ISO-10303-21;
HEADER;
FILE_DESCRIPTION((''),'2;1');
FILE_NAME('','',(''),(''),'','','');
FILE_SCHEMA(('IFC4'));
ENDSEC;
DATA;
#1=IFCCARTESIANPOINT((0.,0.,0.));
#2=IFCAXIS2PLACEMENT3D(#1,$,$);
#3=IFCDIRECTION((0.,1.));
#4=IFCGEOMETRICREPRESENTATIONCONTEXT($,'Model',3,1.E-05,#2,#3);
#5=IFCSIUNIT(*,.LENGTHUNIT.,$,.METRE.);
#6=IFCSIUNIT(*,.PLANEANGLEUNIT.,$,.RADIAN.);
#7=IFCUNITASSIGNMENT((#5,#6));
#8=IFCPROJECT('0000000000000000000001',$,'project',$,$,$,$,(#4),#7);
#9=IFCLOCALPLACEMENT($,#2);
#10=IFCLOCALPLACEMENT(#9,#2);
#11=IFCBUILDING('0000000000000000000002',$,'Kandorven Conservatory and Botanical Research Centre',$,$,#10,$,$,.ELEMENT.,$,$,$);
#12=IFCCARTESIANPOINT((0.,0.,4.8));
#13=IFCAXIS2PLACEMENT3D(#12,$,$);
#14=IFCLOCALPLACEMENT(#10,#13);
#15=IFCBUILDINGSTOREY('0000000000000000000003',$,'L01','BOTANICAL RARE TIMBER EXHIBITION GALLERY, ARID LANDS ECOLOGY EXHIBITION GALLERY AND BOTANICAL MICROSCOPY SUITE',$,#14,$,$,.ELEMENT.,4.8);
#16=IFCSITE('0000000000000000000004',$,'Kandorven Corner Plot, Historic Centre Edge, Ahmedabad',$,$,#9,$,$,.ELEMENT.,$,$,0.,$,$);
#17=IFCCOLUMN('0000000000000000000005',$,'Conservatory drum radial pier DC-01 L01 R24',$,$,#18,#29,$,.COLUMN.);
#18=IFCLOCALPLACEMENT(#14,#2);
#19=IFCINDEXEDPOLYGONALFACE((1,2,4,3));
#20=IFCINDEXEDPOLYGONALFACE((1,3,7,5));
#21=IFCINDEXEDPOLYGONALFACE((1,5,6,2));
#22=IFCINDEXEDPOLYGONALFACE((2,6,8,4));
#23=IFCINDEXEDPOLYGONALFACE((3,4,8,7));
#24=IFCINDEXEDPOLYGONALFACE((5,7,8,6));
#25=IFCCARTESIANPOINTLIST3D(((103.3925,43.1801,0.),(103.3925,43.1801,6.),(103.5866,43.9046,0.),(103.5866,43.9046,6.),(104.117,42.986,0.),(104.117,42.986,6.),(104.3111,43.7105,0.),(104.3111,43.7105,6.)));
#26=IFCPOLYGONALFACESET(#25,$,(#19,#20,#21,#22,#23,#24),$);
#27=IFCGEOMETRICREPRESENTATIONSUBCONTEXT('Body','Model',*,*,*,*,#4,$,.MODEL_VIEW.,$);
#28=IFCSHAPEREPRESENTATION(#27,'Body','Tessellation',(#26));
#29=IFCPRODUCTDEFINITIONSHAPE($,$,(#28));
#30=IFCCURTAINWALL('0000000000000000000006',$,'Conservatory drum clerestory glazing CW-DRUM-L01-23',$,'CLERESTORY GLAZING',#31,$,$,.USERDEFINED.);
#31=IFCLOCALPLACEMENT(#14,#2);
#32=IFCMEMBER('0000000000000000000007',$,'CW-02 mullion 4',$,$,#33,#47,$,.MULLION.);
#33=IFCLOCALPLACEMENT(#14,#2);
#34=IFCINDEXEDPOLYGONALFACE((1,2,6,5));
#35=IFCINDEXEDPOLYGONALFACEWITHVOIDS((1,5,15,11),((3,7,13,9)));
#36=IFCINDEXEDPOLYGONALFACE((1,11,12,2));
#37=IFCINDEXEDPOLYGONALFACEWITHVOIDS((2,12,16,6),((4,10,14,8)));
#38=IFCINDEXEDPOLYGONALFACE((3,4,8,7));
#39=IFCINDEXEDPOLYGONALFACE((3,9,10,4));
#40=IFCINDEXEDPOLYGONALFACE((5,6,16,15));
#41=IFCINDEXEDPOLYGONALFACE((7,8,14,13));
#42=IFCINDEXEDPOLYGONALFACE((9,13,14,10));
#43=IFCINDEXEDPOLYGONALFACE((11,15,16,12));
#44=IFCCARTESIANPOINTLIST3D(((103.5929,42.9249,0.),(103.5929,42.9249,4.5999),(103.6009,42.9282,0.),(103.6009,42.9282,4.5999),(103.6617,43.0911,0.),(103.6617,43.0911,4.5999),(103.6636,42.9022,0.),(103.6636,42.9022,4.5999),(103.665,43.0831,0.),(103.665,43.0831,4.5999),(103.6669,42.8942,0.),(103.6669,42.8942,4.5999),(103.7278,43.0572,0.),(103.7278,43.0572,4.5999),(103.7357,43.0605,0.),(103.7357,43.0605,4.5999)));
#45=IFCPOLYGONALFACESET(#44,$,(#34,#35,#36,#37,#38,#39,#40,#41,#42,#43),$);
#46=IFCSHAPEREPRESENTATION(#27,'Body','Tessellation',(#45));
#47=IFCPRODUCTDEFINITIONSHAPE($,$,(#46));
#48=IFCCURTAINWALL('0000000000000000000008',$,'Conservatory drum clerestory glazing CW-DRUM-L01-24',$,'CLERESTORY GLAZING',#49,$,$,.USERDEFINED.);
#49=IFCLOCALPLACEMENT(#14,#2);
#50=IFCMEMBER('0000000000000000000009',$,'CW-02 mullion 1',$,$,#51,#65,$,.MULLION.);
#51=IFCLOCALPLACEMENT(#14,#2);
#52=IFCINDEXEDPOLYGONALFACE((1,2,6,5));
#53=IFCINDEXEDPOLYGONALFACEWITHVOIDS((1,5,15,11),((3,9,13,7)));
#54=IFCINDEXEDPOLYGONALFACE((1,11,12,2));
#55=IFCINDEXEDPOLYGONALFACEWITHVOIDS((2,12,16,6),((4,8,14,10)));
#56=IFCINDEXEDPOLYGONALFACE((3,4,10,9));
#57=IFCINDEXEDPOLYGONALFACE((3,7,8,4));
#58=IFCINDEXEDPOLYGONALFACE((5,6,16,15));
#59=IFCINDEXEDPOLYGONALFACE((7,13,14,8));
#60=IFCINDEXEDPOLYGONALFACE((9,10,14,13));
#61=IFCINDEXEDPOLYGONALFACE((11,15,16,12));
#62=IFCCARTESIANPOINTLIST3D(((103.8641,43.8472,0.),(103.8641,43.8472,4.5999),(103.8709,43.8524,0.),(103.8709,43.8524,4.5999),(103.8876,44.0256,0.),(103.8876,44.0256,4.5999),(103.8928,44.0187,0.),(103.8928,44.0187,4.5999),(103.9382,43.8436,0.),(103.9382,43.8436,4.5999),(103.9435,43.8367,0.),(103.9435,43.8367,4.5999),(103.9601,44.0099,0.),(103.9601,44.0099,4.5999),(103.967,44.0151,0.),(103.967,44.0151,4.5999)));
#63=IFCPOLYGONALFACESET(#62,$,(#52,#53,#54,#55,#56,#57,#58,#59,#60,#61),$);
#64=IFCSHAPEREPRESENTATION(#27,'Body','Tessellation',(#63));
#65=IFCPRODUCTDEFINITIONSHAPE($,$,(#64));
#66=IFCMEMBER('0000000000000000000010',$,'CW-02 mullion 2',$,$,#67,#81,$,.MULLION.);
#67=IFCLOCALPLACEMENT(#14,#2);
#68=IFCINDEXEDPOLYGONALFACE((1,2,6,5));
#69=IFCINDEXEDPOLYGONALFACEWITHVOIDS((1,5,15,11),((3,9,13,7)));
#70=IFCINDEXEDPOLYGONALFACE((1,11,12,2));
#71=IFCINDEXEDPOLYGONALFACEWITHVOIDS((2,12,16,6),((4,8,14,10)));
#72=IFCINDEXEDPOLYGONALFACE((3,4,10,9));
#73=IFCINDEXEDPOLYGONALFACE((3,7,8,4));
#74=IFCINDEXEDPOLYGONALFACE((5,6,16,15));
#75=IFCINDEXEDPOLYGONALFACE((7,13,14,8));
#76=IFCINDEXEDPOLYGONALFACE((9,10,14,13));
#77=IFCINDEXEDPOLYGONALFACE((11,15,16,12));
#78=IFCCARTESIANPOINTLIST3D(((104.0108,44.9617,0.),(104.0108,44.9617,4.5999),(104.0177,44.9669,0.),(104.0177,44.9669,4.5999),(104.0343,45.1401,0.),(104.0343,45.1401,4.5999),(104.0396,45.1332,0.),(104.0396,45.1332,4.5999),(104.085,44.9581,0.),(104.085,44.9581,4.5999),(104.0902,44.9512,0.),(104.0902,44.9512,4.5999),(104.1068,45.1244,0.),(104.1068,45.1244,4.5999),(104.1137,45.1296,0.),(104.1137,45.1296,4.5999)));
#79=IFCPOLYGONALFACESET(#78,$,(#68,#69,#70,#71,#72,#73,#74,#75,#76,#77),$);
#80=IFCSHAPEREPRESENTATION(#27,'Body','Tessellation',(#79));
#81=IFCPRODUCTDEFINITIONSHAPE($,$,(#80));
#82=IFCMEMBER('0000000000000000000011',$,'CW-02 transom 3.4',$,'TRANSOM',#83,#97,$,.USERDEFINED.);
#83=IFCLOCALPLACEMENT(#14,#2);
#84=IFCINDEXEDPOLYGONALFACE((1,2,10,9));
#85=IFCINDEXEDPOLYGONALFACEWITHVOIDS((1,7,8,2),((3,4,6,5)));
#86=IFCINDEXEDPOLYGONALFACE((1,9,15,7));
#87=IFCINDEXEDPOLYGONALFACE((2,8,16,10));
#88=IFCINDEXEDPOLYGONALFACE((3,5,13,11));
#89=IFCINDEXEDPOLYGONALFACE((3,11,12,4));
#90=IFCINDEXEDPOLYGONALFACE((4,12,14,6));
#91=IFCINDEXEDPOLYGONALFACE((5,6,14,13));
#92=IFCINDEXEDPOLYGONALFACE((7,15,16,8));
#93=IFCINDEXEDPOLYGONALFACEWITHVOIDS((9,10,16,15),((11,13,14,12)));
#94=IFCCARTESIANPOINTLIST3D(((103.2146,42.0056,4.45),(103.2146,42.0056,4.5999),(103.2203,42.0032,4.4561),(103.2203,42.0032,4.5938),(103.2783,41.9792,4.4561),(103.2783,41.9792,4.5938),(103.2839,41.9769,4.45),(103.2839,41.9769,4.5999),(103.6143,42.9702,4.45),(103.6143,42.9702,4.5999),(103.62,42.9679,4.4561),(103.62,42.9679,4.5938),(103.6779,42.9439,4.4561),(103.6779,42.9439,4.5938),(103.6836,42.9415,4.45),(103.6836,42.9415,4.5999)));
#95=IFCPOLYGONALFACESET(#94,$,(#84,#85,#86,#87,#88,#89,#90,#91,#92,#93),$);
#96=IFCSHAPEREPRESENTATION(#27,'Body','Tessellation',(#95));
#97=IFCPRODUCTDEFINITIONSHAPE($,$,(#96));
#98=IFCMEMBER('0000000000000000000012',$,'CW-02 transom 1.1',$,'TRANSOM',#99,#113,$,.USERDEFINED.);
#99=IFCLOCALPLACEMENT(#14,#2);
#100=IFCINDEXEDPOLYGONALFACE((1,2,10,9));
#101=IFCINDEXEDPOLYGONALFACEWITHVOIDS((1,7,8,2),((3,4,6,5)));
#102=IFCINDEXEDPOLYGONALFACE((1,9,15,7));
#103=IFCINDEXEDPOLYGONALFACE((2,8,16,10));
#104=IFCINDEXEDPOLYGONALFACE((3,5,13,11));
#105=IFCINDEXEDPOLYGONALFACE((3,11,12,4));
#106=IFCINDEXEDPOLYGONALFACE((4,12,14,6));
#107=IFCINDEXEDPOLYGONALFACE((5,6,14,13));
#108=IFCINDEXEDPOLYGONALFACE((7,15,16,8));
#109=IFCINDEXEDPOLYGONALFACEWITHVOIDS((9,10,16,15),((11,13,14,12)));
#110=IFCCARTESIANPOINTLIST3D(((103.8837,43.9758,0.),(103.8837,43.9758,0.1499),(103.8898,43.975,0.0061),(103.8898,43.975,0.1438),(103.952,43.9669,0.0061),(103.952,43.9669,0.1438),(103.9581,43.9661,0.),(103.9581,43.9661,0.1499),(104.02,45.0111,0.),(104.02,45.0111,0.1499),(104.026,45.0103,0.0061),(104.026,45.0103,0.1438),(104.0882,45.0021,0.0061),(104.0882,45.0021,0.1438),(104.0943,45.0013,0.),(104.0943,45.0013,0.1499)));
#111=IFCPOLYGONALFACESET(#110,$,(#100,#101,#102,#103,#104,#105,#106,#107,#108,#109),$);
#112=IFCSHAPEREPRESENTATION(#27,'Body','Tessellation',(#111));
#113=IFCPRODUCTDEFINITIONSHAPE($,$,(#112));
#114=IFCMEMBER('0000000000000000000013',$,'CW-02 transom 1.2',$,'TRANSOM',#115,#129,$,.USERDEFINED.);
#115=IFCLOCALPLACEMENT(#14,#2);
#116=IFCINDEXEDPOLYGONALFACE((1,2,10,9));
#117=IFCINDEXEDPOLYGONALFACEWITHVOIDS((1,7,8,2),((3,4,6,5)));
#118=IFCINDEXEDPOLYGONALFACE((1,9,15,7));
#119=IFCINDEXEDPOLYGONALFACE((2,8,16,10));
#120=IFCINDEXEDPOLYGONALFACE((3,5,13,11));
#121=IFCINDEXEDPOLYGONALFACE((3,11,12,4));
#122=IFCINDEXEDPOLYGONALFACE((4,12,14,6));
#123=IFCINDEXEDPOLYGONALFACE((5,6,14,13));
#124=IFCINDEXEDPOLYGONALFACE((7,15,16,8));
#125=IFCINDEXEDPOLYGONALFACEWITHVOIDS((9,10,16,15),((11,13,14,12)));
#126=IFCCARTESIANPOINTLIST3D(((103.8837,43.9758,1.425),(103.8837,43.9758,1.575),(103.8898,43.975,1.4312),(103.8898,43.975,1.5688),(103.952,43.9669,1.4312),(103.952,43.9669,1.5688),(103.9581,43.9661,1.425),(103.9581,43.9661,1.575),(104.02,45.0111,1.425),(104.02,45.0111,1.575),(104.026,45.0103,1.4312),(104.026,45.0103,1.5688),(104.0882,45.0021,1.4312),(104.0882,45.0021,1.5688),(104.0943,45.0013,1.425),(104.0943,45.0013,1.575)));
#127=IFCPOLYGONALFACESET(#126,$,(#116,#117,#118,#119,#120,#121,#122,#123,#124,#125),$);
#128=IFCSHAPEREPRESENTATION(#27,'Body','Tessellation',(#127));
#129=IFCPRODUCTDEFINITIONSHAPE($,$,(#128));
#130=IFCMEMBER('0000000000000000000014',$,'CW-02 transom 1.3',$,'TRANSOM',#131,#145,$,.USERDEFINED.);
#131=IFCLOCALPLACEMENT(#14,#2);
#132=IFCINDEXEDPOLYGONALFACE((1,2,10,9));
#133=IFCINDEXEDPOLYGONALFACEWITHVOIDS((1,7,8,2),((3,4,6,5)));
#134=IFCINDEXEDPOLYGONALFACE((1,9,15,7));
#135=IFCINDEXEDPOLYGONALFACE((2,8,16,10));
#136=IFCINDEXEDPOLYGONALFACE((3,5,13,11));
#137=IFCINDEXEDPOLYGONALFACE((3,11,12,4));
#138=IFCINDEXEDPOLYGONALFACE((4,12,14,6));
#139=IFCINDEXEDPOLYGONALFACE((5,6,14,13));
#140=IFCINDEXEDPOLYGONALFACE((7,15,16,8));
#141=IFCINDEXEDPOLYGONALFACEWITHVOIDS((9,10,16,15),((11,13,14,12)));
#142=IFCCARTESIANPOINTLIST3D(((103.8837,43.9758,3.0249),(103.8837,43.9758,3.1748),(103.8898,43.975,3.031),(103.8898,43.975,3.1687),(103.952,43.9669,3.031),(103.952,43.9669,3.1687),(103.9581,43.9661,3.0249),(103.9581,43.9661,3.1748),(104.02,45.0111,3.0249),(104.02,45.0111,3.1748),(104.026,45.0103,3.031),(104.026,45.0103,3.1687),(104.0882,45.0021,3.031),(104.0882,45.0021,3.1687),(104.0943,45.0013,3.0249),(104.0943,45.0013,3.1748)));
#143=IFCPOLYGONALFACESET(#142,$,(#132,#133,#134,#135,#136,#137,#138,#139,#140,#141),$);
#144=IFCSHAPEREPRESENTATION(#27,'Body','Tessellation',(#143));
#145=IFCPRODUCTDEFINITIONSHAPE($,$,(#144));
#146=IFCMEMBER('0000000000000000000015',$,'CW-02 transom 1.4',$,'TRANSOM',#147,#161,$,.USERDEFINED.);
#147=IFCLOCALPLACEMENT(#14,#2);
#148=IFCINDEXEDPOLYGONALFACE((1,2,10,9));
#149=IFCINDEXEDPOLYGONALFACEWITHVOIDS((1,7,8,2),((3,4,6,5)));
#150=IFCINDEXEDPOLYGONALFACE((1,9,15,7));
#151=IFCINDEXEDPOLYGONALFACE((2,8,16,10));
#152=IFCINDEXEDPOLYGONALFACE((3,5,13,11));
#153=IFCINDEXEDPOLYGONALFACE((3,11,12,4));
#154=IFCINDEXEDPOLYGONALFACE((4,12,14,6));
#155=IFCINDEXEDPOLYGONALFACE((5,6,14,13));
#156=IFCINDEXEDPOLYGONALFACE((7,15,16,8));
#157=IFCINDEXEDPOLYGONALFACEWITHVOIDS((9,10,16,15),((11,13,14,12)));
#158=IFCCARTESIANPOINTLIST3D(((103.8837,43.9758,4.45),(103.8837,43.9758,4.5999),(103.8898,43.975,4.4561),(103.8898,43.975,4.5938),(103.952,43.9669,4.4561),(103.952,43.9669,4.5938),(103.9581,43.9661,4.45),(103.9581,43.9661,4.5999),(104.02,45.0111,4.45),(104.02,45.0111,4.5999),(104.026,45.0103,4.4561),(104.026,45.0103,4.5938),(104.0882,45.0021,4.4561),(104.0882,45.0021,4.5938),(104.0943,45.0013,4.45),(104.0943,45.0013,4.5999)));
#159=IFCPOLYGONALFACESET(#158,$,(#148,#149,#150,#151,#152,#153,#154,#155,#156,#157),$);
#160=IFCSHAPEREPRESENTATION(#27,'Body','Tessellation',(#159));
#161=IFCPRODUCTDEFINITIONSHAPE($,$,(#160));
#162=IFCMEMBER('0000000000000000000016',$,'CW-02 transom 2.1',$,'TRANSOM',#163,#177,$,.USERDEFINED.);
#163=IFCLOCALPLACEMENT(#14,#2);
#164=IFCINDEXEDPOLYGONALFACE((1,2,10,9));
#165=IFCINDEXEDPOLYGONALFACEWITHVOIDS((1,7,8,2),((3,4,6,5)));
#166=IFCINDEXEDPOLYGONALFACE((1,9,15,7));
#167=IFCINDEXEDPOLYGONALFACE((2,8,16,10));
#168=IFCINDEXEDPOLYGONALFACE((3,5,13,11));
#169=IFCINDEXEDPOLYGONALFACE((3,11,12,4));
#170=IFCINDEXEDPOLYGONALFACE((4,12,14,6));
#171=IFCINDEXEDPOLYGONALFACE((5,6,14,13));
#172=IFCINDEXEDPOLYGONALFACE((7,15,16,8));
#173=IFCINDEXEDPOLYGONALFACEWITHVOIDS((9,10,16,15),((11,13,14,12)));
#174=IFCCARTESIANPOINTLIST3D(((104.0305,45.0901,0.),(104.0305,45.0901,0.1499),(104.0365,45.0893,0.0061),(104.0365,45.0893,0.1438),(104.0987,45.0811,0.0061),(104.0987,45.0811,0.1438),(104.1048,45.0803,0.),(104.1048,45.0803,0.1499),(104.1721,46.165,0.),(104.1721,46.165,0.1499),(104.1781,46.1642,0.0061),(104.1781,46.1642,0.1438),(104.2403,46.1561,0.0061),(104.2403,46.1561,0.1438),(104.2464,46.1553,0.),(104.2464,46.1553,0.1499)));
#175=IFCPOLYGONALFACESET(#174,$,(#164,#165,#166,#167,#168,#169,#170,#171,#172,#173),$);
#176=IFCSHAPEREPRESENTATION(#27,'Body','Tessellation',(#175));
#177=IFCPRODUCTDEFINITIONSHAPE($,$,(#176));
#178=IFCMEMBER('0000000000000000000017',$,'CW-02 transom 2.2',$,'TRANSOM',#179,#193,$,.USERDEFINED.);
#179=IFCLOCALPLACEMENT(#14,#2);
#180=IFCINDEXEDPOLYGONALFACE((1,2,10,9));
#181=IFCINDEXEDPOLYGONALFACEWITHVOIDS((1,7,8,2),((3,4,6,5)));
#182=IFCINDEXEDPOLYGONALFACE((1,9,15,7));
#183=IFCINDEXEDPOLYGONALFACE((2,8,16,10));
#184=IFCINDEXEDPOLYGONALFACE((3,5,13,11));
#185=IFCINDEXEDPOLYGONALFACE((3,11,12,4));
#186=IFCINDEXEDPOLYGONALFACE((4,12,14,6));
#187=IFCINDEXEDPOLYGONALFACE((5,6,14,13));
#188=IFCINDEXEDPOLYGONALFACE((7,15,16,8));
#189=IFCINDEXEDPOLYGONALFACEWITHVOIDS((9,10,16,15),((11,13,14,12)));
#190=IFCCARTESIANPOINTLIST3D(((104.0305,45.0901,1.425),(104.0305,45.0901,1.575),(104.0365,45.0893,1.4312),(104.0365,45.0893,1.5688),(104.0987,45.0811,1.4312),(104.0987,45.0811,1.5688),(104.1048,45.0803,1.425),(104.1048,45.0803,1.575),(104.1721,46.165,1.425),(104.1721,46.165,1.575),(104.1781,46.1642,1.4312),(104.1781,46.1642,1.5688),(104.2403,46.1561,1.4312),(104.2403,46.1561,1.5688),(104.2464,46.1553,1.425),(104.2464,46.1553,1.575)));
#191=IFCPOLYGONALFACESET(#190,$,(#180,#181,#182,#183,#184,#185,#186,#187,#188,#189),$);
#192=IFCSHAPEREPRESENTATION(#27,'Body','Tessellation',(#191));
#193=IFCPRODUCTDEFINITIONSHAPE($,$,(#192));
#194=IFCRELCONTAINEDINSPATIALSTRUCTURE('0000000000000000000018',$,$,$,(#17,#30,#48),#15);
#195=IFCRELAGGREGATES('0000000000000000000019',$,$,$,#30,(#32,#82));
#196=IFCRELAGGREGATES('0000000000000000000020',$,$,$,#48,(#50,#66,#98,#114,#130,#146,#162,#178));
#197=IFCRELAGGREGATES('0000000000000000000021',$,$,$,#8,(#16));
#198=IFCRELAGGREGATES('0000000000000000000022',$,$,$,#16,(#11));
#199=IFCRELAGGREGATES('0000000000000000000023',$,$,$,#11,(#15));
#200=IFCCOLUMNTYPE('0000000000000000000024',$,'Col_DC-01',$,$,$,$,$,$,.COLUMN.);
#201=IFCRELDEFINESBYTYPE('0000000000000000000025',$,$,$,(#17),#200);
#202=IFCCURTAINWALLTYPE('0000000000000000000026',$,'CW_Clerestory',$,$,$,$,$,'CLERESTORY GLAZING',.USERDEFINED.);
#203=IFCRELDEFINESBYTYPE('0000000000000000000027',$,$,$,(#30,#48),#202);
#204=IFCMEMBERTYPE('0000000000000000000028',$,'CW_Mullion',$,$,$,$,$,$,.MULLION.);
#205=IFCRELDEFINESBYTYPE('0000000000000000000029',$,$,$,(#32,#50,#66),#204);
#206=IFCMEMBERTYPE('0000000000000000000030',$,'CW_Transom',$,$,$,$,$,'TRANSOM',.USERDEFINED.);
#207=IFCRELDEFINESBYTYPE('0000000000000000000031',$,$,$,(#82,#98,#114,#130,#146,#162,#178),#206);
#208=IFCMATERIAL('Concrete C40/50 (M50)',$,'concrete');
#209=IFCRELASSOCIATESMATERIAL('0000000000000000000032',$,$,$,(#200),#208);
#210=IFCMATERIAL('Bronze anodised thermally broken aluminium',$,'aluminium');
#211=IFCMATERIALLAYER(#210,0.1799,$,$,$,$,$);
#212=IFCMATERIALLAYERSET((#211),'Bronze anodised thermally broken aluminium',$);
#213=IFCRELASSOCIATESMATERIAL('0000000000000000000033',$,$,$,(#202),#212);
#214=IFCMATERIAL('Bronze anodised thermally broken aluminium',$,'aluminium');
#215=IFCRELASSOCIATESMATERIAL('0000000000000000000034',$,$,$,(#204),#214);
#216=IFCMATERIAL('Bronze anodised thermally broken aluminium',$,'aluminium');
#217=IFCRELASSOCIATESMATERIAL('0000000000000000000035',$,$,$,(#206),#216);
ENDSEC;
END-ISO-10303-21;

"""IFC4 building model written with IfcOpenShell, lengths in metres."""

from ifc_helpers import new_model, si_unit, direction, frame, origin, origin_2d, place, context, subcontext, project, spatial, rectangle, hollow_rectangle, extrude, material, layer, layer_set, material_profile, profile_set, type_object, element, aggregate, save


model = new_model("IFC4")

# Units and contexts
model_context = context("Model", 3, precision=1e-05, world=origin(), true_north=direction((0.0, 1.0)))
body_context = subcontext(model_context, "Body", "Model", "MODEL_VIEW")
ifc_project = project(units=[si_unit("LENGTHUNIT", "METRE"), si_unit("PLANEANGLEUNIT", "RADIAN")], contexts=[model_context])

# Site, building, storey
site_placement = place(None, origin())
site = spatial("IfcSite", under=ifc_project, at=site_placement, Name="Kandorven Corner Plot, Historic Centre Edge, Ahmedabad", CompositionType="ELEMENT", RefElevation=0.0)
building_placement = place(site_placement, origin())
building = spatial("IfcBuilding", under=site, at=building_placement, Name="Kandorven Conservatory and Botanical Research Centre", CompositionType="ELEMENT")
storey_placement = place(building_placement, frame((0.0, 0.0, 4.8)))
storey = spatial("IfcBuildingStorey", under=building, at=storey_placement, Name="L01", Description="BOTANICAL RARE TIMBER EXHIBITION GALLERY, ARID LANDS ECOLOGY EXHIBITION GALLERY AND BOTANICAL MICROSCOPY SUITE", CompositionType="ELEMENT", Elevation=4.8)

# Column
ifc_material_1 = material(Name="Concrete C40/50 (M50)", Category="concrete")
ifc_material_profile_1 = material_profile(ifc_material_1, rectangle(XDim=0.75, YDim=0.75, at=origin_2d()))
ifc_profile_set_1 = profile_set([ifc_material_profile_1], Name="Concrete C40/50 (M50)")
column_type = type_object("IfcColumnType", Name="Col_DC-01", PredefinedType="COLUMN", material=ifc_profile_set_1)
column_placement = place(storey_placement, frame((103.8518, 43.4453, 0.0), z_axis=(0.0, 0.0, 1.0), x_axis=(0.965926, -0.258819, 0.0)))
element("IfcColumn", 1, at=column_placement, inside=storey, type_object=column_type, Name="Conservatory drum radial pier DC-01 L01 R24", PredefinedType="COLUMN", context=body_context, shape_type="SweptSolid", body=[
    extrude(rectangle(XDim=0.75, YDim=0.75, at=origin_2d()), origin(), (0.0, 0.0, 1.0), 6.0),
])

# Curtain wall, member
ifc_material_2 = material(Name="Bronze anodised thermally broken aluminium", Category="aluminium")
ifc_layer_1 = layer(ifc_material_2, 0.1799)
ifc_layer_set_1 = layer_set([ifc_layer_1], Name="Bronze anodised thermally broken aluminium")
curtain_wall_type = type_object("IfcCurtainWallType", Name="CW_Clerestory", ElementType="CLERESTORY GLAZING", PredefinedType="USERDEFINED", material=ifc_layer_set_1)
curtain_wall_1_placement = place(storey_placement, origin())
curtain_wall_1 = element("IfcCurtainWall", 2, at=curtain_wall_1_placement, inside=storey, type_object=curtain_wall_type, Name="Conservatory drum clerestory glazing CW-DRUM-L01-23", ObjectType="CLERESTORY GLAZING", PredefinedType="USERDEFINED")
ifc_material_3 = material(Name="Bronze anodised thermally broken aluminium", Category="aluminium")
ifc_material_profile_2 = material_profile(ifc_material_3, hollow_rectangle(XDim=0.0801, YDim=0.1799, WallThickness=0.0061, at=origin_2d()))
ifc_profile_set_2 = profile_set([ifc_material_profile_2], Name="Bronze anodised thermally broken aluminium")
member_type_1 = type_object("IfcMemberType", Name="CW_Mullion", PredefinedType="MULLION", material=ifc_profile_set_2)
member_1_placement = place(storey_placement, frame((103.6643, 42.9927, 0.0), z_axis=(0.0, 0.0, 1.0), x_axis=(-0.923886, 0.382669, 0.0)))
member_1 = element("IfcMember", 3, at=member_1_placement, type_object=member_type_1, Name="CW-02 mullion 4", PredefinedType="MULLION", context=body_context, shape_type="SweptSolid", body=[
    extrude(hollow_rectangle(XDim=0.0801, YDim=0.1799, WallThickness=0.0061, at=origin_2d()), origin(), (0.0, 0.0, 1.0), 4.5999),
])

# Curtain wall, members
curtain_wall_2_placement = place(storey_placement, origin())
curtain_wall_2 = element("IfcCurtainWall", 4, at=curtain_wall_2_placement, inside=storey, type_object=curtain_wall_type, Name="Conservatory drum clerestory glazing CW-DRUM-L01-24", ObjectType="CLERESTORY GLAZING", PredefinedType="USERDEFINED")
member_2_placement = place(storey_placement, frame((103.9155, 43.9312, 0.0), z_axis=(0.0, 0.0, 1.0), x_axis=(-0.991441, 0.130552, 0.0)))
member_2 = element("IfcMember", 5, at=member_2_placement, type_object=member_type_1, Name="CW-02 mullion 1", PredefinedType="MULLION", context=body_context, shape_type="SweptSolid", body=[
    extrude(hollow_rectangle(XDim=0.0801, YDim=0.1799, WallThickness=0.0061, at=origin_2d()), origin(), (0.0, 0.0, 1.0), 4.5999),
])
member_3_placement = place(storey_placement, frame((104.0623, 45.0457, 0.0), z_axis=(0.0, 0.0, 1.0), x_axis=(-0.991441, 0.130552, 0.0)))
member_3 = element("IfcMember", 6, at=member_3_placement, type_object=member_type_1, Name="CW-02 mullion 2", PredefinedType="MULLION", context=body_context, shape_type="SweptSolid", body=[
    extrude(hollow_rectangle(XDim=0.0801, YDim=0.1799, WallThickness=0.0061, at=origin_2d()), origin(), (0.0, 0.0, 1.0), 4.5999),
])

# Members
ifc_material_4 = material(Name="Bronze anodised thermally broken aluminium", Category="aluminium")
ifc_material_profile_3 = material_profile(ifc_material_4, hollow_rectangle(XDim=0.075, YDim=0.1499, WallThickness=0.0061, at=origin_2d()))
ifc_profile_set_3 = profile_set([ifc_material_profile_3], Name="Bronze anodised thermally broken aluminium")
member_type_2 = type_object("IfcMemberType", Name="CW_Transom", ElementType="TRANSOM", PredefinedType="USERDEFINED", material=ifc_profile_set_3)
member_4_placement = place(storey_placement, frame((103.2493, 41.9912, 4.5249), z_axis=(0.382772, 0.923843, 0.0), x_axis=(-0.923843, 0.382772, 0.0)))
member_4 = element("IfcMember", 7, at=member_4_placement, type_object=member_type_2, Name="CW-02 transom 3.4", ObjectType="TRANSOM", PredefinedType="USERDEFINED", context=body_context, shape_type="SweptSolid", body=[
    extrude(hollow_rectangle(XDim=0.075, YDim=0.1499, WallThickness=0.0061, at=origin_2d()), origin(), (0.0, 0.0, 1.0), 1.0442),
])
member_5_placement = place(storey_placement, frame((103.9209, 43.9709, 0.075), z_axis=(0.130479, 0.991451, 0.0), x_axis=(-0.991451, 0.130479, 0.0)))
member_5 = element("IfcMember", 8, at=member_5_placement, type_object=member_type_2, Name="CW-02 transom 1.1", ObjectType="TRANSOM", PredefinedType="USERDEFINED", context=body_context, shape_type="SweptSolid", body=[
    extrude(hollow_rectangle(XDim=0.075, YDim=0.1499, WallThickness=0.0061, at=origin_2d()), origin(), (0.0, 0.0, 1.0), 1.0442),
])
member_6_placement = place(storey_placement, frame((103.9209, 43.9709, 1.5), z_axis=(0.130479, 0.991451, 0.0), x_axis=(-0.991451, 0.130479, 0.0)))
member_6 = element("IfcMember", 9, at=member_6_placement, type_object=member_type_2, Name="CW-02 transom 1.2", ObjectType="TRANSOM", PredefinedType="USERDEFINED", context=body_context, shape_type="SweptSolid", body=[
    extrude(hollow_rectangle(XDim=0.075, YDim=0.1499, WallThickness=0.0061, at=origin_2d()), origin(), (0.0, 0.0, 1.0), 1.0442),
])
member_7_placement = place(storey_placement, frame((103.9209, 43.9709, 3.0999), z_axis=(0.130479, 0.991451, 0.0), x_axis=(-0.991451, 0.130479, 0.0)))
member_7 = element("IfcMember", 10, at=member_7_placement, type_object=member_type_2, Name="CW-02 transom 1.3", ObjectType="TRANSOM", PredefinedType="USERDEFINED", context=body_context, shape_type="SweptSolid", body=[
    extrude(hollow_rectangle(XDim=0.075, YDim=0.1499, WallThickness=0.0061, at=origin_2d()), origin(), (0.0, 0.0, 1.0), 1.0442),
])
member_8_placement = place(storey_placement, frame((103.9209, 43.9709, 4.5249), z_axis=(0.130479, 0.991451, 0.0), x_axis=(-0.991451, 0.130479, 0.0)))
member_8 = element("IfcMember", 11, at=member_8_placement, type_object=member_type_2, Name="CW-02 transom 1.4", ObjectType="TRANSOM", PredefinedType="USERDEFINED", context=body_context, shape_type="SweptSolid", body=[
    extrude(hollow_rectangle(XDim=0.075, YDim=0.1499, WallThickness=0.0061, at=origin_2d()), origin(), (0.0, 0.0, 1.0), 1.0442),
])
member_9_placement = place(storey_placement, frame((104.0676, 45.0852, 0.075), z_axis=(0.1306, 0.991435, 0.0), x_axis=(-0.991435, 0.1306, 0.0)))
member_9 = element("IfcMember", 12, at=member_9_placement, type_object=member_type_2, Name="CW-02 transom 2.1", ObjectType="TRANSOM", PredefinedType="USERDEFINED", context=body_context, shape_type="SweptSolid", body=[
    extrude(hollow_rectangle(XDim=0.075, YDim=0.1499, WallThickness=0.0061, at=origin_2d()), origin(), (0.0, 0.0, 1.0), 1.0842),
])
member_10_placement = place(storey_placement, frame((104.0676, 45.0852, 1.5), z_axis=(0.1306, 0.991435, 0.0), x_axis=(-0.991435, 0.1306, 0.0)))
member_10 = element("IfcMember", 13, at=member_10_placement, type_object=member_type_2, Name="CW-02 transom 2.2", ObjectType="TRANSOM", PredefinedType="USERDEFINED", context=body_context, shape_type="SweptSolid", body=[
    extrude(hollow_rectangle(XDim=0.075, YDim=0.1499, WallThickness=0.0061, at=origin_2d()), origin(), (0.0, 0.0, 1.0), 1.0842),
])

aggregate(curtain_wall_1, [member_1, member_4])
aggregate(curtain_wall_2, [member_2, member_3, member_5, member_6, member_7, member_8, member_9, member_10])

save(model, "model.ifc")
